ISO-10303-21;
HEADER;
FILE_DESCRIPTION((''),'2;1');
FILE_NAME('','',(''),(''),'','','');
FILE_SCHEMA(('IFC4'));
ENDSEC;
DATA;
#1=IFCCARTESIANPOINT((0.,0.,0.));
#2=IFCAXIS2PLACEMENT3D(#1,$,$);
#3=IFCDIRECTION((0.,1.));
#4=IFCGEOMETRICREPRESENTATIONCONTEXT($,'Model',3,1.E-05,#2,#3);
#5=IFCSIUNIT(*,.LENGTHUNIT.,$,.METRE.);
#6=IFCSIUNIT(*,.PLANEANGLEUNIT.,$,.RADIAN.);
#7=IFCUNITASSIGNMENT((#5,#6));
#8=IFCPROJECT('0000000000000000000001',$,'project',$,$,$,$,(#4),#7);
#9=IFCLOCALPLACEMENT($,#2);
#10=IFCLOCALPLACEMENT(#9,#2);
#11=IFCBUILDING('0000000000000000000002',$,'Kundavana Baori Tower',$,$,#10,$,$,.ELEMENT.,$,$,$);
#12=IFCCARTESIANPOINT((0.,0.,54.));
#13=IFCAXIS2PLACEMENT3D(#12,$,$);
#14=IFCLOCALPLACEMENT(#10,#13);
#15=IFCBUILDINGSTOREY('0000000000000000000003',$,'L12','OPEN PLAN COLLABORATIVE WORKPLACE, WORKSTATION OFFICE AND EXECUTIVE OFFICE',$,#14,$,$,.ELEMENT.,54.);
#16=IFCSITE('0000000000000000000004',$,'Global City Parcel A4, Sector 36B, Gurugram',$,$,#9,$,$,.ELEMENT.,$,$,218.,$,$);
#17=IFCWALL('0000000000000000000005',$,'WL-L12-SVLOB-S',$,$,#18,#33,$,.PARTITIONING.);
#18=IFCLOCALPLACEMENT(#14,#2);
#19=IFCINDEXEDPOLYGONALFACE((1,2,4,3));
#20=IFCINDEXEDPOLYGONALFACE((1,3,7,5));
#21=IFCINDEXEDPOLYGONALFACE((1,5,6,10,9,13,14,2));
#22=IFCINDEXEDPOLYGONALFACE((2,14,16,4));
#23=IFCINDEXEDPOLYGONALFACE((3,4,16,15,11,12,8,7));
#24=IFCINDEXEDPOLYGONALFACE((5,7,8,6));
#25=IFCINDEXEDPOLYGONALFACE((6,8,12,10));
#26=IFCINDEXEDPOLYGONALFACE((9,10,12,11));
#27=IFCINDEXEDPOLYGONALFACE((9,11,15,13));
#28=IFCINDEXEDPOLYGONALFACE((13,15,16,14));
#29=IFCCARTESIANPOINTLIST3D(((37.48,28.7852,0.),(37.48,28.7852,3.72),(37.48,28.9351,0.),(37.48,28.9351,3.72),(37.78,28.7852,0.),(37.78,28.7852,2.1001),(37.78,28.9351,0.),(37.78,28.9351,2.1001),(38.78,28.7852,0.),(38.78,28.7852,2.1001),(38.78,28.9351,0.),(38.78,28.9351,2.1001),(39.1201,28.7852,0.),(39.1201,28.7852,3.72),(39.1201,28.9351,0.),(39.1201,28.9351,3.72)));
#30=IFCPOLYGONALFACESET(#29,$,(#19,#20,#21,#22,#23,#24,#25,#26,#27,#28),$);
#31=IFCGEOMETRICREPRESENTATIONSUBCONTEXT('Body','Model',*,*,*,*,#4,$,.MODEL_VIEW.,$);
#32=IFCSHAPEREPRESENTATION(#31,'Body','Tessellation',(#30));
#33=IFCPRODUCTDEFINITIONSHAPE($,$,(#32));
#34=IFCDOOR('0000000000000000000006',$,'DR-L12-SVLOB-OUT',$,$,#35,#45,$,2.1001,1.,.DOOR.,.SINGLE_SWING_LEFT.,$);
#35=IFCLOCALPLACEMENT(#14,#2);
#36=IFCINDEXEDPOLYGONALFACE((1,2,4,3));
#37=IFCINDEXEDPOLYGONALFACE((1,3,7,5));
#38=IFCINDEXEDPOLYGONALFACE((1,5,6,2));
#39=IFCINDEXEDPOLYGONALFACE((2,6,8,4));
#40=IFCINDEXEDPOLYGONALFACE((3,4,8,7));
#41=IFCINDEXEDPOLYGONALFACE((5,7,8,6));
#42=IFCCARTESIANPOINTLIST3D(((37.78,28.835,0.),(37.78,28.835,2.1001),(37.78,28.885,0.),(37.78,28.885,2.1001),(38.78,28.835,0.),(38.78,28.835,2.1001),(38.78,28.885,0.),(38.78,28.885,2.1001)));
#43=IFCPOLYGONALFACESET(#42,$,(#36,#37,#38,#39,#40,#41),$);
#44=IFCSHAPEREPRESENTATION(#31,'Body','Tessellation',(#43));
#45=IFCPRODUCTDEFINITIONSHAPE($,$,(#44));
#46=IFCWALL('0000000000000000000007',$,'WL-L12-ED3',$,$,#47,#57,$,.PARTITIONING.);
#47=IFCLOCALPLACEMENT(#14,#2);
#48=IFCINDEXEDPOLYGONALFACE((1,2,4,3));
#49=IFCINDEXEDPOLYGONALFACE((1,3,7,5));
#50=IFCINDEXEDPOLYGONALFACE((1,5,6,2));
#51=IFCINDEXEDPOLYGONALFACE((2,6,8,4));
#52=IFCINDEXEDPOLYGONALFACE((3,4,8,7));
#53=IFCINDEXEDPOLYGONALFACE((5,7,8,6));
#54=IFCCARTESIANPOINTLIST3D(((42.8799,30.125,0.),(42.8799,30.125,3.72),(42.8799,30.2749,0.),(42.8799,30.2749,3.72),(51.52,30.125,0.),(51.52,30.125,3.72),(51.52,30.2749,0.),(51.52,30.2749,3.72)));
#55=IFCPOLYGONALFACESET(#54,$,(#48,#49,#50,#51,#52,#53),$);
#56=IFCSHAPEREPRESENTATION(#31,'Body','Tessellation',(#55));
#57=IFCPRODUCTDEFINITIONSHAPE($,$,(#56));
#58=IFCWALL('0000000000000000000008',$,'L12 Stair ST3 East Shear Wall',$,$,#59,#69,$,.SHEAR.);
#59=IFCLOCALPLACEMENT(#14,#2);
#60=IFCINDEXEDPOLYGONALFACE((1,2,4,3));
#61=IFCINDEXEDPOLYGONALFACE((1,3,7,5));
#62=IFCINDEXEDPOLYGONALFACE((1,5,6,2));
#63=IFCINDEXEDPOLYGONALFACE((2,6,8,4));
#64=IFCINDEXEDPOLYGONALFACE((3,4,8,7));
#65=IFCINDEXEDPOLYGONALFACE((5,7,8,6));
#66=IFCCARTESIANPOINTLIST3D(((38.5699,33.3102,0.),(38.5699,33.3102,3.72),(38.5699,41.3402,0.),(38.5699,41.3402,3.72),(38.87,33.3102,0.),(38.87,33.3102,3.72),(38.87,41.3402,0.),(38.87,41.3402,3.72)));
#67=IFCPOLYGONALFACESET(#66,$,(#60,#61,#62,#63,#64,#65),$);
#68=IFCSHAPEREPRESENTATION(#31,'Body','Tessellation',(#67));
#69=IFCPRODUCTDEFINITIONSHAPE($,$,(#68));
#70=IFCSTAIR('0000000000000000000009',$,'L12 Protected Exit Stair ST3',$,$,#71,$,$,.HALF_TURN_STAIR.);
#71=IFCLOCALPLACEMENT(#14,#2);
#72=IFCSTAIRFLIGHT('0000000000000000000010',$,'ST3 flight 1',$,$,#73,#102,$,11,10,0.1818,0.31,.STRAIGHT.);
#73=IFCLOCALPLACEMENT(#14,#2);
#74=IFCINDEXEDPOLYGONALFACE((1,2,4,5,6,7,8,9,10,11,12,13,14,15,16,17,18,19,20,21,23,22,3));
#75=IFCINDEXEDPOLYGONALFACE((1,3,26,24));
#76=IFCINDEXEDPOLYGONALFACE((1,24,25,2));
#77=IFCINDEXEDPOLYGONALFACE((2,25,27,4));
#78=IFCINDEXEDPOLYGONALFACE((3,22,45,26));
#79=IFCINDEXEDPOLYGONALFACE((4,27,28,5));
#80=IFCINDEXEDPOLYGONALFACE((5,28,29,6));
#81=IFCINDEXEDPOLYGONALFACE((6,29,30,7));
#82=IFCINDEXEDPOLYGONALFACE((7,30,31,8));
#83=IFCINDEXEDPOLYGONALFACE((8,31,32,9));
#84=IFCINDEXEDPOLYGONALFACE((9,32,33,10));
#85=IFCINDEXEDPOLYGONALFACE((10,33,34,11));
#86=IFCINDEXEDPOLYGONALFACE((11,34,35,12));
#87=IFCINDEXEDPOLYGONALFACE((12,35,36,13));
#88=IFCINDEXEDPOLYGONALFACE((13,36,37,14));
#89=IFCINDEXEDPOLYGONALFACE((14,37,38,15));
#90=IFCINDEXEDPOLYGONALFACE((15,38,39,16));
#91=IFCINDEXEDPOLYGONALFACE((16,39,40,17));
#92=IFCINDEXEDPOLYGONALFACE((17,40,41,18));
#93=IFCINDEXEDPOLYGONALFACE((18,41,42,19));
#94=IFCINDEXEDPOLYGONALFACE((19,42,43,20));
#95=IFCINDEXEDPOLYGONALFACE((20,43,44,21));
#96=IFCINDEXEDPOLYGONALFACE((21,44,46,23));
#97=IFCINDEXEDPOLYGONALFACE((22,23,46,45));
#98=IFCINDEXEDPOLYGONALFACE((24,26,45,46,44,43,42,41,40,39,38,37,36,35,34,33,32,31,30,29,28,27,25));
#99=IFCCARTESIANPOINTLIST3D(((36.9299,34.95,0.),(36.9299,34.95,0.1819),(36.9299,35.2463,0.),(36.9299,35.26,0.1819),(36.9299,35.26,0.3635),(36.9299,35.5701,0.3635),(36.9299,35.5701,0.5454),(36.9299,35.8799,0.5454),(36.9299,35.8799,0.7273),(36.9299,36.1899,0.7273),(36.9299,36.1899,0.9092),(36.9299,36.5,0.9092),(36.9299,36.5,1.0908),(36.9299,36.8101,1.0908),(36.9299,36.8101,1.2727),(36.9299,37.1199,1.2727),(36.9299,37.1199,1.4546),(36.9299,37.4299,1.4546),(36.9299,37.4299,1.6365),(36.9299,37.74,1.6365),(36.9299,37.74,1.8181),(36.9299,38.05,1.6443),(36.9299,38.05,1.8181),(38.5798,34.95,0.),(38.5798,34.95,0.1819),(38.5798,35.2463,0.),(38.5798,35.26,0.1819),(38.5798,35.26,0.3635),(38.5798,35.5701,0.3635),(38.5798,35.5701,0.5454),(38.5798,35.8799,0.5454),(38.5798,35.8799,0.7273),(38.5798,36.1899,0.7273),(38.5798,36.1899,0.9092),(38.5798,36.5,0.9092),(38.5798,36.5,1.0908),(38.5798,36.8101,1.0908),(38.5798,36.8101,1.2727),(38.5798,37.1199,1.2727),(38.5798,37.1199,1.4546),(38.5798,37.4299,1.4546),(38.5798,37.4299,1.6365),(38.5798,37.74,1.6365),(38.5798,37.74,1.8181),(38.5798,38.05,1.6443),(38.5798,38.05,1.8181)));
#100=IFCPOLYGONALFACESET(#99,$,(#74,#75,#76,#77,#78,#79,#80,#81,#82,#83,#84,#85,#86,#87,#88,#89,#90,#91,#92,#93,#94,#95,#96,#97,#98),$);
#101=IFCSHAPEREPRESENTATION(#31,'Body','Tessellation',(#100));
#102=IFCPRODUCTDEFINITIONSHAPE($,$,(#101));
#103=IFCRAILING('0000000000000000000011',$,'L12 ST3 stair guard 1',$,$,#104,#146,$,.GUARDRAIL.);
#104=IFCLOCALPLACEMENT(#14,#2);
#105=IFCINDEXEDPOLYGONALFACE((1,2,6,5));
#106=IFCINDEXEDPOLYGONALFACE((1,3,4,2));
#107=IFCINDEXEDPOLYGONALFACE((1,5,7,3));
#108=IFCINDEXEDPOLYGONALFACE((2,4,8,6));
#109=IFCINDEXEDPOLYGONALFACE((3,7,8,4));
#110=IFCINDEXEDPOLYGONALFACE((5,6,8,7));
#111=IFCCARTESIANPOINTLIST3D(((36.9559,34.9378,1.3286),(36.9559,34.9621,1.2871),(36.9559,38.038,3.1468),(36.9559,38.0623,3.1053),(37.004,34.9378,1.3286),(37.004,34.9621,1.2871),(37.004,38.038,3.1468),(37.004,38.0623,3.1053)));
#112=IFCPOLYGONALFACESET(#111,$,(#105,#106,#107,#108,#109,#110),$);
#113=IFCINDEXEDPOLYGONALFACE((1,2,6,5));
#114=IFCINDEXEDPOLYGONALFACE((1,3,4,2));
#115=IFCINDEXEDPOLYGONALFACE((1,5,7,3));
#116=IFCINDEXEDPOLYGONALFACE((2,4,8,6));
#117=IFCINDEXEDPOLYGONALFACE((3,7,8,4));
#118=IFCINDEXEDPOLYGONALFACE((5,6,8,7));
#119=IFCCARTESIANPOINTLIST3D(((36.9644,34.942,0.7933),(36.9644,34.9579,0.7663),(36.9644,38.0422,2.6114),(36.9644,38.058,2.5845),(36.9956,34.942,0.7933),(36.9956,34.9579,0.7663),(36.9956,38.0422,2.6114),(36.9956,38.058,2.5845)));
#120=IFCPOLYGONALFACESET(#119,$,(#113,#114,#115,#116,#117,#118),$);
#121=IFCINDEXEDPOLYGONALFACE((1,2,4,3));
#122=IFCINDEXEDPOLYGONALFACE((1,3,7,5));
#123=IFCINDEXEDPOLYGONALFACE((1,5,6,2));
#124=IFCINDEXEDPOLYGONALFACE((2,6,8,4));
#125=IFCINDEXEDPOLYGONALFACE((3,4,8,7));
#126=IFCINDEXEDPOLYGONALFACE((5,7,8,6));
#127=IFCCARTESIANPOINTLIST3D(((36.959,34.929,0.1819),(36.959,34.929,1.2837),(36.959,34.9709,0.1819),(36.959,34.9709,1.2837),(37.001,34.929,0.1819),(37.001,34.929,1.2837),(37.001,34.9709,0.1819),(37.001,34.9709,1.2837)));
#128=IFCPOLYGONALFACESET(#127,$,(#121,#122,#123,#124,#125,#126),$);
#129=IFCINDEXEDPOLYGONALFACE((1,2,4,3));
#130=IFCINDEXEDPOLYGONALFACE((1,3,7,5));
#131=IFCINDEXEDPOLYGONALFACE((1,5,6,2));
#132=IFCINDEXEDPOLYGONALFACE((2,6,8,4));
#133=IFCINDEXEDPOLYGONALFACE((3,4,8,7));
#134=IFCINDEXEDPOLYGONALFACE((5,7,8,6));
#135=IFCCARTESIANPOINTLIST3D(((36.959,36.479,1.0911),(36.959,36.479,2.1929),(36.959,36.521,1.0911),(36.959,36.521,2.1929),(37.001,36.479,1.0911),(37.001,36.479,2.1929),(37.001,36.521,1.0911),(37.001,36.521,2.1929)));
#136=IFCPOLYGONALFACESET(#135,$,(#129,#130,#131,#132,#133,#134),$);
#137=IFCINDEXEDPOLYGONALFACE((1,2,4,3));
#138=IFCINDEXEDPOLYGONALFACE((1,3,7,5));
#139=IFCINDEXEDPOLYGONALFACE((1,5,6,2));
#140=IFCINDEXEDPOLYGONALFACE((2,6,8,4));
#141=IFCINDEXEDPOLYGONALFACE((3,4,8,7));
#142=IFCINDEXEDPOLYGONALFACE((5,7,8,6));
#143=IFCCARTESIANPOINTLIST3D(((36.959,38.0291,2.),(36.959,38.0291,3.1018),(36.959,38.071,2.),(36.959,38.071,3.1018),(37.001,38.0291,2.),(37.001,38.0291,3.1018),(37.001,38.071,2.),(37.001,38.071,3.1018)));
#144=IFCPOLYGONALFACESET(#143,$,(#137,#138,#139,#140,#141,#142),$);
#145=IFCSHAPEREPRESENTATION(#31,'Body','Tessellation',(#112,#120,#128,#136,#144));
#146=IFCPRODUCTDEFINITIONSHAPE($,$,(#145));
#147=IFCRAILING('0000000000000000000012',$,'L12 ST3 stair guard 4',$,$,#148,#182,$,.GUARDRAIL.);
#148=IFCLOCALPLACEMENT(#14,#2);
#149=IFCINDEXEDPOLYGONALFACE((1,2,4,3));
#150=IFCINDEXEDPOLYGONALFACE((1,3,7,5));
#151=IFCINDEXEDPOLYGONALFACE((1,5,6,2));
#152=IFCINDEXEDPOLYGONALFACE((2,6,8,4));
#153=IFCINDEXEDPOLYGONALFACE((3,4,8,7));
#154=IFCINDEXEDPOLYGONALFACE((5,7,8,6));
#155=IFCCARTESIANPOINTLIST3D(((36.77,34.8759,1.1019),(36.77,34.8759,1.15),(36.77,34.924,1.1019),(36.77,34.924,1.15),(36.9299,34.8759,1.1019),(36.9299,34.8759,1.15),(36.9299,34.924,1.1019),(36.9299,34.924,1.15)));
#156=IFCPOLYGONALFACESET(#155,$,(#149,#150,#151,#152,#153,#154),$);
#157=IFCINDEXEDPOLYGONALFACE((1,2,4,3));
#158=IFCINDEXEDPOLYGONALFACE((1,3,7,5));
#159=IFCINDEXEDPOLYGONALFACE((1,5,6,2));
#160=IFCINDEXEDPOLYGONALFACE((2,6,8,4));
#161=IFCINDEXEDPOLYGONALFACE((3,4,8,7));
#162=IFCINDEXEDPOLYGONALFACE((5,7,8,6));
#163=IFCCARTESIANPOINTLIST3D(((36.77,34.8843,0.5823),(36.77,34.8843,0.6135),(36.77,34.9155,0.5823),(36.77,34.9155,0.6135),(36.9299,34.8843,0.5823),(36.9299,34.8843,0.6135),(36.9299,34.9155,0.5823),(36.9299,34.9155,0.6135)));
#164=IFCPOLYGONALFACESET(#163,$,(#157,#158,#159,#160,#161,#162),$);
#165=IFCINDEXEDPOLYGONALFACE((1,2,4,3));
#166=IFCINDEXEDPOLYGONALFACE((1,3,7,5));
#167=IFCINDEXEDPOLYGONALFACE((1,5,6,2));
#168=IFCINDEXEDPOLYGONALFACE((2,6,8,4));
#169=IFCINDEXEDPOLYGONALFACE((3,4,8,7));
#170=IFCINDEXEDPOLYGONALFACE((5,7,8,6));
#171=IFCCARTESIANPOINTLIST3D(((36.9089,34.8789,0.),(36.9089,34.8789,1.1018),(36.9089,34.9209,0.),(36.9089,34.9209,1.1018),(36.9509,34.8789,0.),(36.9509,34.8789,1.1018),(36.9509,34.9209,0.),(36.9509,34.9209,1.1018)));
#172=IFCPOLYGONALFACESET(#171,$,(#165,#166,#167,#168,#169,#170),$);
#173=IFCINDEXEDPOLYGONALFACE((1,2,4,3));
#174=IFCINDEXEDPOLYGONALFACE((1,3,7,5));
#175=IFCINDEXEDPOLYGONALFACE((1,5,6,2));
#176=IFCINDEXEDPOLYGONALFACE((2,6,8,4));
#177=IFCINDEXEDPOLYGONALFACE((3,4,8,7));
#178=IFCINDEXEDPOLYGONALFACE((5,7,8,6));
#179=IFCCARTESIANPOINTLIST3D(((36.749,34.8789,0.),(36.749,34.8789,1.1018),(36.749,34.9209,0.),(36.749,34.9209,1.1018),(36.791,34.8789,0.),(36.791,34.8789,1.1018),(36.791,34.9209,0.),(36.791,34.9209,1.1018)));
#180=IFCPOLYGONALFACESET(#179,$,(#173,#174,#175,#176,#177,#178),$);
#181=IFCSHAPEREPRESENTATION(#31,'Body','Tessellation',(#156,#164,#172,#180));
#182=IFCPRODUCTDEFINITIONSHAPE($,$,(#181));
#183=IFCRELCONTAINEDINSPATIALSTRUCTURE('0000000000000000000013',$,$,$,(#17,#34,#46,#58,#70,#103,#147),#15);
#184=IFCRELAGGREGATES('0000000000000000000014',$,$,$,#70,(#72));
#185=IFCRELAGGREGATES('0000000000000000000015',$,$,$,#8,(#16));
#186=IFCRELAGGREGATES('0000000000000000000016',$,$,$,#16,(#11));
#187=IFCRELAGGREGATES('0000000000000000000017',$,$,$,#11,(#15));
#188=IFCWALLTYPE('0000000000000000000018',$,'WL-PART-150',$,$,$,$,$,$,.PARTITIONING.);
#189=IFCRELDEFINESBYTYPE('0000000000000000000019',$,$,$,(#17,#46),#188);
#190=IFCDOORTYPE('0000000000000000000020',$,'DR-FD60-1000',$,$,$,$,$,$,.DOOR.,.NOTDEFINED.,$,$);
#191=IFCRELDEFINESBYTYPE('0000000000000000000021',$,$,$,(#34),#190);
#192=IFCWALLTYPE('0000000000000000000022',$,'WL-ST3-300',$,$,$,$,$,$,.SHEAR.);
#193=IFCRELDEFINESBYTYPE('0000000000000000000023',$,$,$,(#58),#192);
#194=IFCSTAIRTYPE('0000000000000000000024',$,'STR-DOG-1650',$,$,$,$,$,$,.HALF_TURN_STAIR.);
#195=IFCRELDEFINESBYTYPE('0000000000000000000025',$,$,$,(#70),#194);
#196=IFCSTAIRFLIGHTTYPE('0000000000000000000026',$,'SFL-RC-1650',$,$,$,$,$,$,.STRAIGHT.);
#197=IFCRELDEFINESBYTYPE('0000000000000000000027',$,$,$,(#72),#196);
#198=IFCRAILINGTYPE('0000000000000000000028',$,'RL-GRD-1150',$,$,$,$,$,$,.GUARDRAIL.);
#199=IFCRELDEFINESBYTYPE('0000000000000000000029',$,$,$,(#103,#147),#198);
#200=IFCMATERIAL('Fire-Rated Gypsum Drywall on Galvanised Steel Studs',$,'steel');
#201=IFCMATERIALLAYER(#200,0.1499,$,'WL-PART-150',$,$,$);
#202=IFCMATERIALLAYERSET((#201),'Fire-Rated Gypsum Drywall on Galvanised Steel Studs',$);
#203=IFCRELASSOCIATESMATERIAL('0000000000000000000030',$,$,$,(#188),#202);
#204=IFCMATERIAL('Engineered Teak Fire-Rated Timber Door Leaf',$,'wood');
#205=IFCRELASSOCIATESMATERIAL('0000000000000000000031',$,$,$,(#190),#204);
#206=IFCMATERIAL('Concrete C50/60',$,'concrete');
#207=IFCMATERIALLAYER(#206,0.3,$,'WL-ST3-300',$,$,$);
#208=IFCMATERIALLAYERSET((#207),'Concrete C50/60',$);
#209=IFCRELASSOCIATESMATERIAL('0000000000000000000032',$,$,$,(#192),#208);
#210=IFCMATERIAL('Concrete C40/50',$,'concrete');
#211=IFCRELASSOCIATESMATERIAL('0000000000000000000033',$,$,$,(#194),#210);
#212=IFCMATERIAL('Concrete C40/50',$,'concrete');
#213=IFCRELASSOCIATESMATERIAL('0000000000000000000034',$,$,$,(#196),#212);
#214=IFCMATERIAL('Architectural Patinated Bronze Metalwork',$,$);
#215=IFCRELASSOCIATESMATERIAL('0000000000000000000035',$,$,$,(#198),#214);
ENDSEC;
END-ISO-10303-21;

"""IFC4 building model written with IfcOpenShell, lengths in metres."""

from ifc_helpers import new_model, si_unit, direction, frame, frame_2d, origin, origin_2d, place, context, subcontext, project, spatial, polyline, rectangle, outline, extrude, material, layer, layer_set, type_object, element, fill, aggregate, save


model = new_model("IFC4")

# Units and contexts
model_context = context("Model", 3, precision=1e-05, world=origin(), true_north=direction((0.0, 1.0)))
body_context = subcontext(model_context, "Body", "Model", "MODEL_VIEW")
ifc_project = project(units=[si_unit("LENGTHUNIT", "METRE"), si_unit("PLANEANGLEUNIT", "RADIAN")], contexts=[model_context])

# Site, building, storey
site_placement = place(None, origin())
site = spatial("IfcSite", under=ifc_project, at=site_placement, Name="Global City Parcel A4, Sector 36B, Gurugram", CompositionType="ELEMENT", RefElevation=218.0)
building_placement = place(site_placement, origin())
building = spatial("IfcBuilding", under=site, at=building_placement, Name="Kundavana Baori Tower", CompositionType="ELEMENT")
storey_placement = place(building_placement, frame((0.0, 0.0, 54.0)))
storey = spatial("IfcBuildingStorey", under=building, at=storey_placement, Name="L12", Description="OPEN PLAN COLLABORATIVE WORKPLACE, WORKSTATION OFFICE AND EXECUTIVE OFFICE", CompositionType="ELEMENT", Elevation=54.0)

# Shared definitions
ifc_material_1 = material(Name="Fire-Rated Gypsum Drywall on Galvanised Steel Studs", Category="steel")
ifc_layer_1 = layer(ifc_material_1, 0.1499, Name="WL-PART-150")
ifc_layer_set_1 = layer_set([ifc_layer_1], Name="Fire-Rated Gypsum Drywall on Galvanised Steel Studs")
wall_type_1 = type_object("IfcWallType", Name="WL-PART-150", PredefinedType="PARTITIONING", material=ifc_layer_set_1)

# Wall, opening, door
wall_1_placement = place(storey_placement, frame((37.48, 28.8601, 0.0), z_axis=(0.0, 0.0, 1.0), x_axis=(1.0, 0.0, 0.0)))
wall_1 = element("IfcWall", 1, at=wall_1_placement, inside=storey, type_object=wall_type_1, Name="WL-L12-SVLOB-S", PredefinedType="PARTITIONING", context=body_context, shape_type="SweptSolid", body=[
    extrude(rectangle(XDim=1.6401, YDim=0.1499, at=frame_2d((0.8201, 0.0))), origin(), (0.0, 0.0, 1.0), 3.72),
])
opening_1_placement = place(wall_1_placement, frame((0.3, 0.0, 0.0)))
opening_1 = element("IfcOpeningElement", 2, at=opening_1_placement, cuts=wall_1, PredefinedType="OPENING", context=body_context, shape_type="SweptSolid", body=[
    extrude(rectangle(XDim=1.0, YDim=2.1001, at=frame_2d((0.5, 1.05))), frame((0.0, 0.085, 0.0), z_axis=(0.0, -1.0, 0.0), x_axis=(1.0, 0.0, 0.0)), (0.0, 0.0, 1.0), 0.1699),
])
ifc_material_2 = material(Name="Engineered Teak Fire-Rated Timber Door Leaf", Category="wood")
door_type_1 = type_object("IfcDoorType", Name="DR-FD60-1000", OperationType="NOTDEFINED", PredefinedType="DOOR", material=ifc_material_2)
door_1_placement = place(opening_1_placement, origin())
door_1 = element("IfcDoor", 3, at=door_1_placement, inside=storey, type_object=door_type_1, Name="DR-L12-SVLOB-OUT", OperationType="SINGLE_SWING_LEFT", OverallHeight=2.1001, OverallWidth=1.0, PredefinedType="DOOR", context=body_context, shape_type="SweptSolid", body=[
    extrude(rectangle(XDim=1.0, YDim=2.1001, at=frame_2d((0.5, 1.05))), frame((0.0, 0.0249, 0.0), z_axis=(0.0, -1.0, 0.0), x_axis=(1.0, 0.0, 0.0)), (0.0, 0.0, 1.0), 0.05),
])
fill(opening_1, door_1)

# Wall
wall_2_placement = place(storey_placement, frame((42.8799, 30.2, 0.0), z_axis=(0.0, 0.0, 1.0), x_axis=(1.0, 0.0, 0.0)))
element("IfcWall", 4, at=wall_2_placement, inside=storey, type_object=wall_type_1, Name="WL-L12-ED3", PredefinedType="PARTITIONING", context=body_context, shape_type="SweptSolid", body=[
    extrude(rectangle(XDim=8.6401, YDim=0.1499, at=frame_2d((4.3201, 0.0))), origin(), (0.0, 0.0, 1.0), 3.72),
])

# Wall
ifc_material_3 = material(Name="Concrete C50/60", Category="concrete")
ifc_layer_2 = layer(ifc_material_3, 0.3, Name="WL-ST3-300")
ifc_layer_set_2 = layer_set([ifc_layer_2], Name="Concrete C50/60")
wall_type_2 = type_object("IfcWallType", Name="WL-ST3-300", PredefinedType="SHEAR", material=ifc_layer_set_2)
wall_3_placement = place(storey_placement, frame((38.72, 33.3101, 0.0), z_axis=(0.0, 0.0, 1.0), x_axis=(0.0, 1.0, 0.0)))
element("IfcWall", 5, at=wall_3_placement, inside=storey, type_object=wall_type_2, Name="L12 Stair ST3 East Shear Wall", PredefinedType="SHEAR", context=body_context, shape_type="SweptSolid", body=[
    extrude(rectangle(XDim=8.03, YDim=0.3, at=frame_2d((4.0151, 0.0))), origin(), (0.0, 0.0, 1.0), 3.72),
])

# Stair, stair flight
ifc_material_4 = material(Name="Concrete C40/50", Category="concrete")
stair_type = type_object("IfcStairType", Name="STR-DOG-1650", PredefinedType="HALF_TURN_STAIR", material=ifc_material_4)
stair_placement = place(storey_placement, origin())
stair = element("IfcStair", 6, at=stair_placement, inside=storey, type_object=stair_type, Name="L12 Protected Exit Stair ST3", PredefinedType="HALF_TURN_STAIR")
ifc_material_5 = material(Name="Concrete C40/50", Category="concrete")
stair_flight_type = type_object("IfcStairFlightType", Name="SFL-RC-1650", PredefinedType="STRAIGHT", material=ifc_material_5)
stair_flight_placement = place(storey_placement, frame((37.7549, 34.95, 0.0), z_axis=(0.0, 0.0, 1.0), x_axis=(0.0, 1.0, 0.0)))
stair_flight = element("IfcStairFlight", 7, at=stair_flight_placement, type_object=stair_flight_type, Name="ST3 flight 1", NumberOfRisers=11, NumberOfTreads=10, PredefinedType="STRAIGHT", RiserHeight=0.1818, TreadLength=0.31, context=body_context, shape_type="SweptSolid", body=[
    extrude(outline(polyline([(0.0, 0.0), (0.0, 0.1819), (0.3101, 0.1819), (0.3101, 0.3635), (0.6201, 0.3635), (0.6201, 0.5454), (0.9299, 0.5454), (0.9299, 0.7273), (1.24, 0.7273), (1.24, 0.9092), (1.55, 0.9092), (1.55, 1.0908), (1.8601, 1.0908), (1.8601, 1.2727), (2.1699, 1.2727), (2.1699, 1.4546), (2.48, 1.4546), (2.48, 1.6365), (2.79, 1.6365), (2.79, 1.8181), (3.1001, 1.8181), (3.1001, 2.0), (3.1001, 1.6443), (0.2964, 0.0), (0.0, 0.0)])), frame((0.0, 0.825, 0.0), z_axis=(0.0, -1.0, 0.0), x_axis=(1.0, 0.0, 0.0)), (0.0, 0.0, 1.0), 1.6499),
])
aggregate(stair, [stair_flight])

# Railings
ifc_material_6 = material(Name="Architectural Patinated Bronze Metalwork")
railing_type_1 = type_object("IfcRailingType", Name="RL-GRD-1150", PredefinedType="GUARDRAIL", material=ifc_material_6)
railing_1_placement = place(storey_placement, frame((36.98, 34.95, 0.1819)))
element("IfcRailing", 8, at=railing_1_placement, inside=storey, type_object=railing_type_1, Name="L12 ST3 stair guard 1", PredefinedType="GUARDRAIL", context=body_context, shape_type="SweptSolid", body=[
    extrude(rectangle(XDim=0.0481, YDim=0.0481, at=origin_2d()), frame((0.0, 0.0, 1.126), z_axis=(0.0, 0.862599, 0.505889), x_axis=(-1.0, 0.0, 0.0)), (0.0, 0.0, 1.0), 3.594),
    extrude(rectangle(XDim=0.0312, YDim=0.0312, at=origin_2d()), frame((0.0, 0.0, 0.5979), z_axis=(0.0, 0.862599, 0.505889), x_axis=(-1.0, 0.0, 0.0)), (0.0, 0.0, 1.0), 3.594),
    extrude(rectangle(XDim=0.042, YDim=0.042, at=origin_2d()), origin(), (0.0, 0.0, 1.0), 1.1018),
    extrude(rectangle(XDim=0.042, YDim=0.042, at=origin_2d()), frame((0.0, 1.55, 0.9092)), (0.0, 0.0, 1.0), 1.1018),
    extrude(rectangle(XDim=0.042, YDim=0.042, at=origin_2d()), frame((0.0, 3.1001, 1.8181)), (0.0, 0.0, 1.0), 1.1018),
])
railing_2_placement = place(storey_placement, frame((36.9299, 34.8999, 0.0)))
element("IfcRailing", 9, at=railing_2_placement, inside=storey, type_object=railing_type_1, Name="L12 ST3 stair guard 4", PredefinedType="GUARDRAIL", context=body_context, shape_type="SweptSolid", body=[
    extrude(rectangle(XDim=0.0481, YDim=0.0481, at=origin_2d()), frame((0.0, 0.0, 1.126), z_axis=(-1.0, 0.0, 0.0), x_axis=(0.0, -1.0, 0.0)), (0.0, 0.0, 1.0), 0.1599),
    extrude(rectangle(XDim=0.0312, YDim=0.0312, at=origin_2d()), frame((0.0, 0.0, 0.5979), z_axis=(-1.0, 0.0, 0.0), x_axis=(0.0, -1.0, 0.0)), (0.0, 0.0, 1.0), 0.1599),
    extrude(rectangle(XDim=0.042, YDim=0.042, at=origin_2d()), origin(), (0.0, 0.0, 1.0), 1.1018),
    extrude(rectangle(XDim=0.042, YDim=0.042, at=origin_2d()), frame((-0.1599, 0.0, 0.0)), (0.0, 0.0, 1.0), 1.1018),
])

save(model, "model.ifc")
